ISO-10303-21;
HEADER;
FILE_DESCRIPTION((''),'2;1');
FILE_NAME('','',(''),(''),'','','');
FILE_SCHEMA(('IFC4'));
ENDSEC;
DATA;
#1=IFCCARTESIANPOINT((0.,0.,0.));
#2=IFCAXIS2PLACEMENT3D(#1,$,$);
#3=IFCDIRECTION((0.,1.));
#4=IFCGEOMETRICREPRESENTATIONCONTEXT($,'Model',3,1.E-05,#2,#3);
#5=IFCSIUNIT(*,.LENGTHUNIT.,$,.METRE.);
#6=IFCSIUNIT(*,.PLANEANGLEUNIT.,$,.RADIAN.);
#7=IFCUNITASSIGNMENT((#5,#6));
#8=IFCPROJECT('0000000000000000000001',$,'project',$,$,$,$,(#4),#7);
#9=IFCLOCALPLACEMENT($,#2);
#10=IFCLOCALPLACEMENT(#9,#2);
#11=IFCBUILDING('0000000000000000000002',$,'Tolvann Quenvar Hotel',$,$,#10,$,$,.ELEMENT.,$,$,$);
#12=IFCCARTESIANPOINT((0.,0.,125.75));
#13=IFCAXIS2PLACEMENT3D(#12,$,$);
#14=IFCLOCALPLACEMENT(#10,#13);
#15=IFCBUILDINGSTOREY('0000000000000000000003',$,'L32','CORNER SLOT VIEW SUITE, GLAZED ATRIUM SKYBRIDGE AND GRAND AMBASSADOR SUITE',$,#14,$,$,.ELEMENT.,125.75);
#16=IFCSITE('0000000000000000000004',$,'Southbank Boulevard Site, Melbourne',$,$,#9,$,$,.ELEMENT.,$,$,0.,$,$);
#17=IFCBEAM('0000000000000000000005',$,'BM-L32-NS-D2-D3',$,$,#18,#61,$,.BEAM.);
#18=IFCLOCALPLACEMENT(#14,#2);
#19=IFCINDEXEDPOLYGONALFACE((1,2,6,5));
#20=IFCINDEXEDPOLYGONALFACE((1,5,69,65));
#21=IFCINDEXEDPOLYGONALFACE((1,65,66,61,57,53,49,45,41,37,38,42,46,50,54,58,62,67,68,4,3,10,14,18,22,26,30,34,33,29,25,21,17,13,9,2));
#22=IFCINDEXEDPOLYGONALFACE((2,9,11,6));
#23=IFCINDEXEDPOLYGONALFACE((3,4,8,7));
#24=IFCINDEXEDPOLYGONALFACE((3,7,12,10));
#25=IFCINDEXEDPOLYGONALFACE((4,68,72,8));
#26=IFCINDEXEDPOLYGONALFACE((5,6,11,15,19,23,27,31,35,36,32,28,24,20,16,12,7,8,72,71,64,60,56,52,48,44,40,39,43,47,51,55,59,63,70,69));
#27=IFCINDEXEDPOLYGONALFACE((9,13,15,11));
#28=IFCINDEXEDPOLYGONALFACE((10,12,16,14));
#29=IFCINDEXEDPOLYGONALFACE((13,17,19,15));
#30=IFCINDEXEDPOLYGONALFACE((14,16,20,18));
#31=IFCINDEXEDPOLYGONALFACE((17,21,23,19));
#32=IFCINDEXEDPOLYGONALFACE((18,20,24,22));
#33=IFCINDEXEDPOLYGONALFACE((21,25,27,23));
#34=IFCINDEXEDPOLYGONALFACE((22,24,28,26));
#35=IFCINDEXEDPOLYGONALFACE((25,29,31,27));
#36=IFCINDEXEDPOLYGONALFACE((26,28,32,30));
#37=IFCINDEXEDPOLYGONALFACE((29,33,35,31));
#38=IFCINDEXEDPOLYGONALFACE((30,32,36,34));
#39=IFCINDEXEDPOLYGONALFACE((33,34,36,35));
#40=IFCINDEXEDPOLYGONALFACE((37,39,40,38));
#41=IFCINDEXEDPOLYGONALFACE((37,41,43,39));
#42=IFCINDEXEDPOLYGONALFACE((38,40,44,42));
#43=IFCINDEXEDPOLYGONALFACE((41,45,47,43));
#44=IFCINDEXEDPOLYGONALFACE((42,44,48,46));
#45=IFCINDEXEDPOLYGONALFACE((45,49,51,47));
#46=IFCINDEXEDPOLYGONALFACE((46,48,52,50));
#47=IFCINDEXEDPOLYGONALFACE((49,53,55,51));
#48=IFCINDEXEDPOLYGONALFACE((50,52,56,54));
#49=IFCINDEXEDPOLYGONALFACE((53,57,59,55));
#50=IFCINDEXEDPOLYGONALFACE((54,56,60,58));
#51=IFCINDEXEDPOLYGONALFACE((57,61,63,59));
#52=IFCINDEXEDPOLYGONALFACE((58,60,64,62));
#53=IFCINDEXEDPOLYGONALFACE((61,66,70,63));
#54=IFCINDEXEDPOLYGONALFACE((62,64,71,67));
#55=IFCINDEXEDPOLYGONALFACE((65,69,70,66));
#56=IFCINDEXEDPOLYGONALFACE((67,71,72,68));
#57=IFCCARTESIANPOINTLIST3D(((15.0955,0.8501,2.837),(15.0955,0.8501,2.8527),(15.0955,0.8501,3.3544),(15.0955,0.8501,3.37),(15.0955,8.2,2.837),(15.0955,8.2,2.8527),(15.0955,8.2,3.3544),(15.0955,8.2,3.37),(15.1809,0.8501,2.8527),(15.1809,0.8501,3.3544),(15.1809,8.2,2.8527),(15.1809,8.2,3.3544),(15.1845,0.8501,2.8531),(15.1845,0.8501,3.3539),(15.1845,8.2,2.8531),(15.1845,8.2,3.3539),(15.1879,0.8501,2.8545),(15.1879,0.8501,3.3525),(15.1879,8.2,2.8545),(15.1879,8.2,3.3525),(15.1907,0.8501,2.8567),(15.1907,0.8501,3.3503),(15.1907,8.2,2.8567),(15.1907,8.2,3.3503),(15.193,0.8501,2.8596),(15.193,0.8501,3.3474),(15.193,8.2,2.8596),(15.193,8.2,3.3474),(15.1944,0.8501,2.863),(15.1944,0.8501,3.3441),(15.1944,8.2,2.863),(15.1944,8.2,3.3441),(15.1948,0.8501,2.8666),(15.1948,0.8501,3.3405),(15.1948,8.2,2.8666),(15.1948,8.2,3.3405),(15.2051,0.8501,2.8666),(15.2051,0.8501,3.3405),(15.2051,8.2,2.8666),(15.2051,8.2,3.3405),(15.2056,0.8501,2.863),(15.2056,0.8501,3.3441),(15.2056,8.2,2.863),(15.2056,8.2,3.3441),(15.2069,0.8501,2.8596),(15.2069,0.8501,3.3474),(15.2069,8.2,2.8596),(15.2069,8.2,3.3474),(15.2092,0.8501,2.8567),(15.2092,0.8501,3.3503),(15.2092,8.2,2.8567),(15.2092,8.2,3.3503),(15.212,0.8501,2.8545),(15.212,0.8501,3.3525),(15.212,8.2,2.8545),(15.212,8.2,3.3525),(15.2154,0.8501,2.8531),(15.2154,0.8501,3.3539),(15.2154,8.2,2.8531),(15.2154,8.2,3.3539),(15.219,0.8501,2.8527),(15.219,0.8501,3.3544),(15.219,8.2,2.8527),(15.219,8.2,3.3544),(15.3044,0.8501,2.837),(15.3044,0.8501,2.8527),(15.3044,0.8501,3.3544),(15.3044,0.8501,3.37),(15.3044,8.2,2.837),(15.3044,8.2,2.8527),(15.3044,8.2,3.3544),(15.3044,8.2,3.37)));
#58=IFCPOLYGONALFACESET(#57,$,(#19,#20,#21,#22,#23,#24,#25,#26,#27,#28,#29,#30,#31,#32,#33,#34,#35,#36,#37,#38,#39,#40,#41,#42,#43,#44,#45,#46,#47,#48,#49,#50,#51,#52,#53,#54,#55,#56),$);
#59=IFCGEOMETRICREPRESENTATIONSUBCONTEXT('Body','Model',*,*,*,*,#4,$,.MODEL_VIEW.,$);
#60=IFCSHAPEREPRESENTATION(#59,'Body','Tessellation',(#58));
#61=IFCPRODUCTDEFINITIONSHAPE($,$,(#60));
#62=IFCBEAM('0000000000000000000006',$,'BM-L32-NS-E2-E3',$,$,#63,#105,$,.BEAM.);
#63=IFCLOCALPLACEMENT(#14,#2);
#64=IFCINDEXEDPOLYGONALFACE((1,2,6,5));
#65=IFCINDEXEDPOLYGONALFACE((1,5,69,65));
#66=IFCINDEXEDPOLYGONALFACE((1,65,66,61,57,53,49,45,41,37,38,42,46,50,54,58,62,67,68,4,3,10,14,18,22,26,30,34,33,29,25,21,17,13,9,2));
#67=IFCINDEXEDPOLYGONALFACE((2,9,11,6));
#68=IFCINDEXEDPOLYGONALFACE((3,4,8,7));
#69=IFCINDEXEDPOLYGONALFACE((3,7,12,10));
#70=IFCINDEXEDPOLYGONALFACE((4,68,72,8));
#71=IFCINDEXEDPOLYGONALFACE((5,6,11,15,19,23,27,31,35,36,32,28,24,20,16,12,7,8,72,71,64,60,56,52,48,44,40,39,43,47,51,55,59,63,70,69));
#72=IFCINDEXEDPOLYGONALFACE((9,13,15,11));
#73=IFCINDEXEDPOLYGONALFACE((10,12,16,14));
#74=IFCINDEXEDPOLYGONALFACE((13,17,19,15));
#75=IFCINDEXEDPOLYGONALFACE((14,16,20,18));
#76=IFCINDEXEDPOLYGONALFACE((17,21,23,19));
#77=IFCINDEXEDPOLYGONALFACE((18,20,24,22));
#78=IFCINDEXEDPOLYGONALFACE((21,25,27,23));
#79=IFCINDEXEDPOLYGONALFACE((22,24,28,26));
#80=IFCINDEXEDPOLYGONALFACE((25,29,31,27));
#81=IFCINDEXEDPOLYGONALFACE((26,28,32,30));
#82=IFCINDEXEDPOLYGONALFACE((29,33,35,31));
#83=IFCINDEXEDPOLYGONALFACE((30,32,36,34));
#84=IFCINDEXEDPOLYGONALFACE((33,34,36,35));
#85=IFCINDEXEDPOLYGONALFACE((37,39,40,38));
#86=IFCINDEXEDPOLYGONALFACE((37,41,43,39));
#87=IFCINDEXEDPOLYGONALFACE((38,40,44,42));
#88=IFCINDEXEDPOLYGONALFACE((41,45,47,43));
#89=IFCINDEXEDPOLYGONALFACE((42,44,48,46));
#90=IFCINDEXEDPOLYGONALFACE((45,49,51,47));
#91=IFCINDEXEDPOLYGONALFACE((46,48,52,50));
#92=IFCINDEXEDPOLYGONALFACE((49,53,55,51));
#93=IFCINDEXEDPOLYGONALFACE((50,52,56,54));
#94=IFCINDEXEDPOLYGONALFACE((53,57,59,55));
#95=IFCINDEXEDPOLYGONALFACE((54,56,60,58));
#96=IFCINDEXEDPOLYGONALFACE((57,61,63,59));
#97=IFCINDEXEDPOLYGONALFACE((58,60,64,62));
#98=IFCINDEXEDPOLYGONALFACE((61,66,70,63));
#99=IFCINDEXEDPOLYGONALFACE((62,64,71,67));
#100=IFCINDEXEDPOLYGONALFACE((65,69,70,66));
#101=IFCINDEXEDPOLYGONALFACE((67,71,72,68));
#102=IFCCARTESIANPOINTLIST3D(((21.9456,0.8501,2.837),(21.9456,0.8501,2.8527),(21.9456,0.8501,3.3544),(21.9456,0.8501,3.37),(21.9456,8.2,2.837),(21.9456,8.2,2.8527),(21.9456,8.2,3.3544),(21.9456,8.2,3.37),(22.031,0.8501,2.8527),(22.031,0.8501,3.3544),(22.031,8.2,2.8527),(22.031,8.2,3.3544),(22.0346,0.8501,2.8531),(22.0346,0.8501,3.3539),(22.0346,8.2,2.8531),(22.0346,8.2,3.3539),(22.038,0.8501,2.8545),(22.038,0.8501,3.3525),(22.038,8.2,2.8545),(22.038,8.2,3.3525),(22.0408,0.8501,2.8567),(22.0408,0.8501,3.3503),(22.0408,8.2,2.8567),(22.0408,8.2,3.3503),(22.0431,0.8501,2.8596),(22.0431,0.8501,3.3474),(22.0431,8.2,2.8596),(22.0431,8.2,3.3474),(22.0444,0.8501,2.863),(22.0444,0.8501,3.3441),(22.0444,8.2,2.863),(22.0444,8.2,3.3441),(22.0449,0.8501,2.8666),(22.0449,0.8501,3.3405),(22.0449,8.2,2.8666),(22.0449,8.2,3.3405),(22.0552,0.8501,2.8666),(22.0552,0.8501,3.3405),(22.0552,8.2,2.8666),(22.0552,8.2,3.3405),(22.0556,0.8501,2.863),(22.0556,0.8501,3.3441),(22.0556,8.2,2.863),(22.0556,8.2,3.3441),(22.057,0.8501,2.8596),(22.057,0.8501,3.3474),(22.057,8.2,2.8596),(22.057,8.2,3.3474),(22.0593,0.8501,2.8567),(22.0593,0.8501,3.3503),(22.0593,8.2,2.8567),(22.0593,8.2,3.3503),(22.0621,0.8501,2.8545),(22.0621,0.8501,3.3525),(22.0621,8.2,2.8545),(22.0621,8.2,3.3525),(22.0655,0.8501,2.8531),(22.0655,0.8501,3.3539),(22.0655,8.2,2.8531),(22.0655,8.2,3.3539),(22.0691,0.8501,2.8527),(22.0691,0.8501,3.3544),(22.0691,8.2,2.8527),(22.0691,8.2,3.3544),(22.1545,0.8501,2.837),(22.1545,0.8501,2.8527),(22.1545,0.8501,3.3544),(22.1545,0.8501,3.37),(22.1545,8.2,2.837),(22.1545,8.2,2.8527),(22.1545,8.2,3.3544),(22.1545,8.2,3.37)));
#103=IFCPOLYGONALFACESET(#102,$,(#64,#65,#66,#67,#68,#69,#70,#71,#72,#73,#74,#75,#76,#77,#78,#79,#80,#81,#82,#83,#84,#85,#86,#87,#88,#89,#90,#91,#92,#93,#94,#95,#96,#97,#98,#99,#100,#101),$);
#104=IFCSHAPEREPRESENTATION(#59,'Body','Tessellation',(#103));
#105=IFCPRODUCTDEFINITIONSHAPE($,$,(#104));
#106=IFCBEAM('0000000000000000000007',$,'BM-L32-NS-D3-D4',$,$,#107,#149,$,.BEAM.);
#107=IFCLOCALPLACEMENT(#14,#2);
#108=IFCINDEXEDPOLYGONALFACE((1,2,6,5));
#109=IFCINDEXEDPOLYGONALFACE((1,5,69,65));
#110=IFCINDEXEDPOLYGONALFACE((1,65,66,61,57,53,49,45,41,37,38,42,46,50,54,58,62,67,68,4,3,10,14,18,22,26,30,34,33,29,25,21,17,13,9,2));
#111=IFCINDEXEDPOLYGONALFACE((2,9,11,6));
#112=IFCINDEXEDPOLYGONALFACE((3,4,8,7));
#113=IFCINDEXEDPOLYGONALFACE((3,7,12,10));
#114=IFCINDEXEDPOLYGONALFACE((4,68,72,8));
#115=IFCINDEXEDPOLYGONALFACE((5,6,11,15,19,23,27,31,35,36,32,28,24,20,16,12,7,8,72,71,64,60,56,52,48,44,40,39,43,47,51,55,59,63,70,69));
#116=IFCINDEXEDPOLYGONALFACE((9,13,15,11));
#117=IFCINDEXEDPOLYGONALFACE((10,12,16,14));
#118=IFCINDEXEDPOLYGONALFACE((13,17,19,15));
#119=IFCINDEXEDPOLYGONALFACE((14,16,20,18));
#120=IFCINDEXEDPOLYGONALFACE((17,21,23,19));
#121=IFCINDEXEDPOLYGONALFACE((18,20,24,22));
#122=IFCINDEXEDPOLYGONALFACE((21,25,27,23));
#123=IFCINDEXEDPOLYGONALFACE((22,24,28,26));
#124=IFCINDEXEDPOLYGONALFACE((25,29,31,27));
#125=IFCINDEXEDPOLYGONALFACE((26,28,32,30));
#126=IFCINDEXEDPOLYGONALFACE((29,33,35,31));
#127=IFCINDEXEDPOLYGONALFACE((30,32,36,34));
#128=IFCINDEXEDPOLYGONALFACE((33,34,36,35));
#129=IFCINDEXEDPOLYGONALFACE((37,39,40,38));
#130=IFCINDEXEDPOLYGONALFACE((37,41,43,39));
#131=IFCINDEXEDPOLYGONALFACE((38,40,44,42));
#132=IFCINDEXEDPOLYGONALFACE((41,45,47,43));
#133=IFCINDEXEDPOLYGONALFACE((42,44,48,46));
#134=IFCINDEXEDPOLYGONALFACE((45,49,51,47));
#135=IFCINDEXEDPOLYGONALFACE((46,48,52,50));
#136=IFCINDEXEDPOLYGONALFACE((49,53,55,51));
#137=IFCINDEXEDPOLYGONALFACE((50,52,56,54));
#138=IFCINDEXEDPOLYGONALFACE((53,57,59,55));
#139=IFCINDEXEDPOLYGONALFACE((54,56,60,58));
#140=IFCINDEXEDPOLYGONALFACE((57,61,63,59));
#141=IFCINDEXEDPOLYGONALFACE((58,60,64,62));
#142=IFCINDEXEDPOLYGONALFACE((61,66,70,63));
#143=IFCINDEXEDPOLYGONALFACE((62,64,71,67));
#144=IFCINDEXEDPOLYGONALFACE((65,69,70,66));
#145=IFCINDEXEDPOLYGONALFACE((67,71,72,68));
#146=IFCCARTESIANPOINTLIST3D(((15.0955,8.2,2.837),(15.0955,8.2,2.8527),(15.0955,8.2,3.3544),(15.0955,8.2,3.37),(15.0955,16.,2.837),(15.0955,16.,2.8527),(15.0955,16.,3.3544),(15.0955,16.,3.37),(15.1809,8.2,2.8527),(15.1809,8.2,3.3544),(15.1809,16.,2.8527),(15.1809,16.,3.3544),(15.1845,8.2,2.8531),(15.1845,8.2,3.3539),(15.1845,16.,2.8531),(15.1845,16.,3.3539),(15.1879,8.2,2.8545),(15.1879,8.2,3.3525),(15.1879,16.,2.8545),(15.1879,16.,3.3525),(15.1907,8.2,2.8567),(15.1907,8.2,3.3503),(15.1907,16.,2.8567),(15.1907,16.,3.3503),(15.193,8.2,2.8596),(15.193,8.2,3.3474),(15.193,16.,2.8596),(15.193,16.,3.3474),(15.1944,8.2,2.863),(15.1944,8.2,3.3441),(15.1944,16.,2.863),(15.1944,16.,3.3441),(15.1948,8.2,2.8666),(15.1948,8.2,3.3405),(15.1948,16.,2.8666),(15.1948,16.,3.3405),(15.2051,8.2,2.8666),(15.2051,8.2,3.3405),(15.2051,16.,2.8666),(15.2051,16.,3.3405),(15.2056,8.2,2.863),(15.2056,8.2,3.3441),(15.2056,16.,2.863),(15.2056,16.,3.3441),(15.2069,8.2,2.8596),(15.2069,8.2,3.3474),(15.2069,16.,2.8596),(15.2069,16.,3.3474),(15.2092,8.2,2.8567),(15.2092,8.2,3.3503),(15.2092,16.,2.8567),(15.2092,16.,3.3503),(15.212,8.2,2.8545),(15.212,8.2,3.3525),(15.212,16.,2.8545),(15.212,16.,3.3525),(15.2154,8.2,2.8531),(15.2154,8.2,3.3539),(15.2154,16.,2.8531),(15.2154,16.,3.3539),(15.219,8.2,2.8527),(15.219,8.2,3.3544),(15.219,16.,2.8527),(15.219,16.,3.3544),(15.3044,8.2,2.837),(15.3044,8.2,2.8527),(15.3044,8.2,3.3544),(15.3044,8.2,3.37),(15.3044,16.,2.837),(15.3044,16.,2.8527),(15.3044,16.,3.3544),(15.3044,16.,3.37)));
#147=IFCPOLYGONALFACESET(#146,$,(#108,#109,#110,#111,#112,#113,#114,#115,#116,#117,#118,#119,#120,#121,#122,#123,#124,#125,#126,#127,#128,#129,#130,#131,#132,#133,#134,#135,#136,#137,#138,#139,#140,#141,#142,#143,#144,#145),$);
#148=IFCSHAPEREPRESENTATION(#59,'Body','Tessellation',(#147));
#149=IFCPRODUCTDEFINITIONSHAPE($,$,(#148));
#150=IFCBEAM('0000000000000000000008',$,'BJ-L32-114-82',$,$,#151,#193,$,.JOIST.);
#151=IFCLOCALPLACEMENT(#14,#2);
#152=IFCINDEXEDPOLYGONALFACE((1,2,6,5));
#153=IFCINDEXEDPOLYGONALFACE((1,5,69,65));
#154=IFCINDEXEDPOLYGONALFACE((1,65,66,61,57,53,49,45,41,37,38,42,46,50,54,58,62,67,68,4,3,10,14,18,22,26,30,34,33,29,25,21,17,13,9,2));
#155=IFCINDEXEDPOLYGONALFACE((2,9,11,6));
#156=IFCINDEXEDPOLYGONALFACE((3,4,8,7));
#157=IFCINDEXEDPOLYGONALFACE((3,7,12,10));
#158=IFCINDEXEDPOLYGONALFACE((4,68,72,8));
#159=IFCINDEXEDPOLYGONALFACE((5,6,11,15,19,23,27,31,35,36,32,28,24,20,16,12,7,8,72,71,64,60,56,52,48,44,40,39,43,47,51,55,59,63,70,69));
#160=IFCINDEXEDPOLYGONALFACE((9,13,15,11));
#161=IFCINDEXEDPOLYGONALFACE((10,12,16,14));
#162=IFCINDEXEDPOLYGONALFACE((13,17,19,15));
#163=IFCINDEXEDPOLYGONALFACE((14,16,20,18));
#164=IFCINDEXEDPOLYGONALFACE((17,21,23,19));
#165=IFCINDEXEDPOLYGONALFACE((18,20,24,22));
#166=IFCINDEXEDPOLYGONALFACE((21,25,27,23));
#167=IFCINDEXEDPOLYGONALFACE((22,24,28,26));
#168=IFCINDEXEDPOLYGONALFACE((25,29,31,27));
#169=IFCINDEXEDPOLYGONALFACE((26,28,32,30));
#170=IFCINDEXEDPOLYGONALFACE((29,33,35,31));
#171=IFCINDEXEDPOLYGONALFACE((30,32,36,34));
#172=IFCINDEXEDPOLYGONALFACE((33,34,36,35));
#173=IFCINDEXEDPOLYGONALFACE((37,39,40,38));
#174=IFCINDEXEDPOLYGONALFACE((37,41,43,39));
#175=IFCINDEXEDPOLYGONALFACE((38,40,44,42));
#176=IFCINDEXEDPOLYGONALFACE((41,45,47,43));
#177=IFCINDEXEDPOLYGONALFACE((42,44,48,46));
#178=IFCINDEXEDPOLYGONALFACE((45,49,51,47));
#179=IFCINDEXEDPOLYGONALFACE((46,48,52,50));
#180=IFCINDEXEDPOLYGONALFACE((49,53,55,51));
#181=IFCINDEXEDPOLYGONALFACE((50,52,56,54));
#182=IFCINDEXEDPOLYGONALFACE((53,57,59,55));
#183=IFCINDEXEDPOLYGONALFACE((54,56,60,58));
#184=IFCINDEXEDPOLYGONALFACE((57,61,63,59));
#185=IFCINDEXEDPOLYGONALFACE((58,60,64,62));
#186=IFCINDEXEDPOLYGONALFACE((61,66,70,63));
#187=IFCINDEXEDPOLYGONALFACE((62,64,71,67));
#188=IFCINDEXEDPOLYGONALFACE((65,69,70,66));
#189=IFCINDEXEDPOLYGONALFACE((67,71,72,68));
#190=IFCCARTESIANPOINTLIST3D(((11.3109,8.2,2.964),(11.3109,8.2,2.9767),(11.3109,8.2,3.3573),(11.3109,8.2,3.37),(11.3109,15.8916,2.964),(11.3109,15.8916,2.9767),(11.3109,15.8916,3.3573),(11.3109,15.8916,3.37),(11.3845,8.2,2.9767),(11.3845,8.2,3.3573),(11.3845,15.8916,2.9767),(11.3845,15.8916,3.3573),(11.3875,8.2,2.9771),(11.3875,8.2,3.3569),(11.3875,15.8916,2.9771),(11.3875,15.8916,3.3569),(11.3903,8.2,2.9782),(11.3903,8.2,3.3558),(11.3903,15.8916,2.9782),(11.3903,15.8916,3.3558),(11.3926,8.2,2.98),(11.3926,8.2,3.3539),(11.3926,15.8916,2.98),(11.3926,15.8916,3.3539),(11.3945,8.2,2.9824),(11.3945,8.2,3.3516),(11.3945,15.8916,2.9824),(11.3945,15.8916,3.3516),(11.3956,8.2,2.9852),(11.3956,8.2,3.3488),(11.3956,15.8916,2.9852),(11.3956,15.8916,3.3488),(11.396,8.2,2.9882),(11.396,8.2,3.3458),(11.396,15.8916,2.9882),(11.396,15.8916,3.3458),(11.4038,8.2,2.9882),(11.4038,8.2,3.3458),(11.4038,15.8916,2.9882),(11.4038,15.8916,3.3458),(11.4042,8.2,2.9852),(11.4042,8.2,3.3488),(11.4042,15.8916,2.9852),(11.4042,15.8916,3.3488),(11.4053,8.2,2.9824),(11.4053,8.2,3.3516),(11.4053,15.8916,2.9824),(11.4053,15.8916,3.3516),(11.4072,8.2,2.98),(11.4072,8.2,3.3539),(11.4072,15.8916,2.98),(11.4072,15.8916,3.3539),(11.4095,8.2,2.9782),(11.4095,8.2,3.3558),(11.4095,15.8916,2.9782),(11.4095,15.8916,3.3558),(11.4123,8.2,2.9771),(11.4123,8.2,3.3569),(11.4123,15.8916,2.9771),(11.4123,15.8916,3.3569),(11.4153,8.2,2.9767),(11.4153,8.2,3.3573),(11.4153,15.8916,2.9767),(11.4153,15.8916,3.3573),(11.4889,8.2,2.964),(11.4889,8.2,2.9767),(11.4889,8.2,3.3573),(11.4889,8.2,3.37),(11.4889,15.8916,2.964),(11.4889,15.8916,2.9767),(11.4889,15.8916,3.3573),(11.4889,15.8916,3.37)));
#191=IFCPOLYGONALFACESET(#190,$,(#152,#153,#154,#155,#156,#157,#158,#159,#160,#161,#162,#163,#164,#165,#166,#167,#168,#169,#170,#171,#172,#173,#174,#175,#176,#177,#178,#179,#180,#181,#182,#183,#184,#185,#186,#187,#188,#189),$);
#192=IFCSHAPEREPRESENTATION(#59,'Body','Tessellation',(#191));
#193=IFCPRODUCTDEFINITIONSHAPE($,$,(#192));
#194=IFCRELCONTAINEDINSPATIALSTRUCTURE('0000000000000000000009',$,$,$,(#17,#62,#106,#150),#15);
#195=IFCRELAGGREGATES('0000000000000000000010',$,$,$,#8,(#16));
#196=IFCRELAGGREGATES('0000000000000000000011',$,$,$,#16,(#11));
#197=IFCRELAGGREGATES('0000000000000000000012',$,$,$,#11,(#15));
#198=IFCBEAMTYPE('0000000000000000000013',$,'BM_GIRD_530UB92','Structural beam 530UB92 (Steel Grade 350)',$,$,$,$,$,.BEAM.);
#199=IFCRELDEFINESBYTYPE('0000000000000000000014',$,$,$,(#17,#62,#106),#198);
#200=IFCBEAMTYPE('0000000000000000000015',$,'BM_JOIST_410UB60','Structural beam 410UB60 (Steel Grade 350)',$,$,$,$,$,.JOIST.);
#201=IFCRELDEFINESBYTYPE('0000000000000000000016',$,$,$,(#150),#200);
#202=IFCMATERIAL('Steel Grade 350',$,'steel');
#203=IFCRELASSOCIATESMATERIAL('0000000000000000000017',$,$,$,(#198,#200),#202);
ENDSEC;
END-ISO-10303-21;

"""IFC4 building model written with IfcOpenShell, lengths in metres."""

from ifc_helpers import new_model, si_unit, direction, frame, origin, origin_2d, place, context, subcontext, project, spatial, i_section, extrude, source, transform, mapped, material, material_profile, profile_set, type_object, type_shapes, element, save


model = new_model("IFC4")

# Units and contexts
model_context = context("Model", 3, precision=1e-05, world=origin(), true_north=direction((0.0, 1.0)))
body_context = subcontext(model_context, "Body", "Model", "MODEL_VIEW")
ifc_project = project(units=[si_unit("LENGTHUNIT", "METRE"), si_unit("PLANEANGLEUNIT", "RADIAN")], contexts=[model_context])

# Site, building, storey
site_placement = place(None, origin())
site = spatial("IfcSite", under=ifc_project, at=site_placement, Name="Southbank Boulevard Site, Melbourne", CompositionType="ELEMENT", RefElevation=0.0)
building_placement = place(site_placement, origin())
building = spatial("IfcBuilding", under=site, at=building_placement, Name="Tolvann Quenvar Hotel", CompositionType="ELEMENT")
storey_placement = place(building_placement, frame((0.0, 0.0, 125.75)))
storey = spatial("IfcBuildingStorey", under=building, at=storey_placement, Name="L32", Description="CORNER SLOT VIEW SUITE, GLAZED ATRIUM SKYBRIDGE AND GRAND AMBASSADOR SUITE", CompositionType="ELEMENT", Elevation=125.75)

# Shared definitions
ifc_material_1 = material(Name="Steel Grade 350", Category="steel")

# Beams
ifc_material_profile_1 = material_profile(ifc_material_1, i_section(OverallWidth=0.209, OverallDepth=0.533, WebThickness=0.0103, FlangeThickness=0.0156, FilletRadius=0.0139, at=origin_2d()), Name="530UB92")
ifc_profile_set_1 = profile_set([ifc_material_profile_1], Name="Steel Grade 350")
beam_type_1 = type_object("IfcBeamType", Name="BM_GIRD_530UB92", Description="Structural beam 530UB92 (Steel Grade 350)", PredefinedType="BEAM", material=ifc_profile_set_1)
shared_shape_1 = source(origin(), body_context, "Body", "SweptSolid", [
    extrude(i_section(OverallWidth=0.209, OverallDepth=0.533, WebThickness=0.0103, FlangeThickness=0.0156, FilletRadius=0.0139, at=origin_2d()), origin(), (0.0, 0.0, 1.0), 7.3499),
])
for number, where, z_axis, x_axis, name in (
    (1, (15.2, 0.8501, 3.1035), (0.0, 1.0, 0.0), (-1.0, 0.0, 0.0), "BM-L32-NS-D2-D3"),
    (2, (22.05, 0.8501, 3.1035), (0.0, 1.0, 0.0), (-1.0, 0.0, 0.0), "BM-L32-NS-E2-E3"),
):
    element("IfcBeam", number, at=place(storey_placement, frame(where, z_axis=z_axis, x_axis=x_axis)), inside=storey, type_object=beam_type_1, Name=name, PredefinedType="BEAM", context=body_context, shape_type="MappedRepresentation", body=[
        mapped(shared_shape_1, transform((0.0, 0.0, 0.0), x_axis=(1.0, 0.0, 0.0), y_axis=(0.0, 1.0, 0.0), z_axis=(0.0, 0.0, 1.0), scale=1.0)),
    ])
shared_shape_2 = source(origin(), body_context, "Body", "SweptSolid", [
    extrude(i_section(OverallWidth=0.209, OverallDepth=0.533, WebThickness=0.0103, FlangeThickness=0.0156, FilletRadius=0.0139, at=origin_2d()), origin(), (0.0, 0.0, 1.0), 7.8),
])
type_shapes(beam_type_1, [shared_shape_1, shared_shape_2])
beam_1_placement = place(storey_placement, frame((15.2, 8.2, 3.1035), z_axis=(0.0, 1.0, 0.0), x_axis=(-1.0, 0.0, 0.0)))
element("IfcBeam", 3, at=beam_1_placement, inside=storey, type_object=beam_type_1, Name="BM-L32-NS-D3-D4", PredefinedType="BEAM", context=body_context, shape_type="MappedRepresentation", body=[
    mapped(shared_shape_2, transform((0.0, 0.0, 0.0), x_axis=(1.0, 0.0, 0.0), y_axis=(0.0, 1.0, 0.0), z_axis=(0.0, 0.0, 1.0), scale=1.0)),
])
ifc_material_profile_2 = material_profile(ifc_material_1, i_section(OverallWidth=0.178, OverallDepth=0.406, WebThickness=0.0078, FlangeThickness=0.0127, FilletRadius=0.0115, at=origin_2d()), Name="410UB60")
ifc_profile_set_2 = profile_set([ifc_material_profile_2], Name="Steel Grade 350")
beam_type_2 = type_object("IfcBeamType", Name="BM_JOIST_410UB60", Description="Structural beam 410UB60 (Steel Grade 350)", PredefinedType="JOIST", material=ifc_profile_set_2)
shared_shape_3 = source(origin(), body_context, "Body", "SweptSolid", [
    extrude(i_section(OverallWidth=0.178, OverallDepth=0.406, WebThickness=0.0078, FlangeThickness=0.0127, FilletRadius=0.0115, at=origin_2d()), origin(), (0.0, 0.0, 1.0), 7.6917),
])
type_shapes(beam_type_2, [shared_shape_3])
beam_2_placement = place(storey_placement, frame((11.3999, 8.2, 3.167), z_axis=(0.0, 1.0, 0.0), x_axis=(-1.0, 0.0, 0.0)))
element("IfcBeam", 4, at=beam_2_placement, inside=storey, type_object=beam_type_2, Name="BJ-L32-114-82", PredefinedType="JOIST", context=body_context, shape_type="MappedRepresentation", body=[
    mapped(shared_shape_3, transform((0.0, 0.0, 0.0), x_axis=(1.0, 0.0, 0.0), y_axis=(0.0, 1.0, 0.0), z_axis=(0.0, 0.0, 1.0), scale=1.0)),
])

save(model, "model.ifc")
